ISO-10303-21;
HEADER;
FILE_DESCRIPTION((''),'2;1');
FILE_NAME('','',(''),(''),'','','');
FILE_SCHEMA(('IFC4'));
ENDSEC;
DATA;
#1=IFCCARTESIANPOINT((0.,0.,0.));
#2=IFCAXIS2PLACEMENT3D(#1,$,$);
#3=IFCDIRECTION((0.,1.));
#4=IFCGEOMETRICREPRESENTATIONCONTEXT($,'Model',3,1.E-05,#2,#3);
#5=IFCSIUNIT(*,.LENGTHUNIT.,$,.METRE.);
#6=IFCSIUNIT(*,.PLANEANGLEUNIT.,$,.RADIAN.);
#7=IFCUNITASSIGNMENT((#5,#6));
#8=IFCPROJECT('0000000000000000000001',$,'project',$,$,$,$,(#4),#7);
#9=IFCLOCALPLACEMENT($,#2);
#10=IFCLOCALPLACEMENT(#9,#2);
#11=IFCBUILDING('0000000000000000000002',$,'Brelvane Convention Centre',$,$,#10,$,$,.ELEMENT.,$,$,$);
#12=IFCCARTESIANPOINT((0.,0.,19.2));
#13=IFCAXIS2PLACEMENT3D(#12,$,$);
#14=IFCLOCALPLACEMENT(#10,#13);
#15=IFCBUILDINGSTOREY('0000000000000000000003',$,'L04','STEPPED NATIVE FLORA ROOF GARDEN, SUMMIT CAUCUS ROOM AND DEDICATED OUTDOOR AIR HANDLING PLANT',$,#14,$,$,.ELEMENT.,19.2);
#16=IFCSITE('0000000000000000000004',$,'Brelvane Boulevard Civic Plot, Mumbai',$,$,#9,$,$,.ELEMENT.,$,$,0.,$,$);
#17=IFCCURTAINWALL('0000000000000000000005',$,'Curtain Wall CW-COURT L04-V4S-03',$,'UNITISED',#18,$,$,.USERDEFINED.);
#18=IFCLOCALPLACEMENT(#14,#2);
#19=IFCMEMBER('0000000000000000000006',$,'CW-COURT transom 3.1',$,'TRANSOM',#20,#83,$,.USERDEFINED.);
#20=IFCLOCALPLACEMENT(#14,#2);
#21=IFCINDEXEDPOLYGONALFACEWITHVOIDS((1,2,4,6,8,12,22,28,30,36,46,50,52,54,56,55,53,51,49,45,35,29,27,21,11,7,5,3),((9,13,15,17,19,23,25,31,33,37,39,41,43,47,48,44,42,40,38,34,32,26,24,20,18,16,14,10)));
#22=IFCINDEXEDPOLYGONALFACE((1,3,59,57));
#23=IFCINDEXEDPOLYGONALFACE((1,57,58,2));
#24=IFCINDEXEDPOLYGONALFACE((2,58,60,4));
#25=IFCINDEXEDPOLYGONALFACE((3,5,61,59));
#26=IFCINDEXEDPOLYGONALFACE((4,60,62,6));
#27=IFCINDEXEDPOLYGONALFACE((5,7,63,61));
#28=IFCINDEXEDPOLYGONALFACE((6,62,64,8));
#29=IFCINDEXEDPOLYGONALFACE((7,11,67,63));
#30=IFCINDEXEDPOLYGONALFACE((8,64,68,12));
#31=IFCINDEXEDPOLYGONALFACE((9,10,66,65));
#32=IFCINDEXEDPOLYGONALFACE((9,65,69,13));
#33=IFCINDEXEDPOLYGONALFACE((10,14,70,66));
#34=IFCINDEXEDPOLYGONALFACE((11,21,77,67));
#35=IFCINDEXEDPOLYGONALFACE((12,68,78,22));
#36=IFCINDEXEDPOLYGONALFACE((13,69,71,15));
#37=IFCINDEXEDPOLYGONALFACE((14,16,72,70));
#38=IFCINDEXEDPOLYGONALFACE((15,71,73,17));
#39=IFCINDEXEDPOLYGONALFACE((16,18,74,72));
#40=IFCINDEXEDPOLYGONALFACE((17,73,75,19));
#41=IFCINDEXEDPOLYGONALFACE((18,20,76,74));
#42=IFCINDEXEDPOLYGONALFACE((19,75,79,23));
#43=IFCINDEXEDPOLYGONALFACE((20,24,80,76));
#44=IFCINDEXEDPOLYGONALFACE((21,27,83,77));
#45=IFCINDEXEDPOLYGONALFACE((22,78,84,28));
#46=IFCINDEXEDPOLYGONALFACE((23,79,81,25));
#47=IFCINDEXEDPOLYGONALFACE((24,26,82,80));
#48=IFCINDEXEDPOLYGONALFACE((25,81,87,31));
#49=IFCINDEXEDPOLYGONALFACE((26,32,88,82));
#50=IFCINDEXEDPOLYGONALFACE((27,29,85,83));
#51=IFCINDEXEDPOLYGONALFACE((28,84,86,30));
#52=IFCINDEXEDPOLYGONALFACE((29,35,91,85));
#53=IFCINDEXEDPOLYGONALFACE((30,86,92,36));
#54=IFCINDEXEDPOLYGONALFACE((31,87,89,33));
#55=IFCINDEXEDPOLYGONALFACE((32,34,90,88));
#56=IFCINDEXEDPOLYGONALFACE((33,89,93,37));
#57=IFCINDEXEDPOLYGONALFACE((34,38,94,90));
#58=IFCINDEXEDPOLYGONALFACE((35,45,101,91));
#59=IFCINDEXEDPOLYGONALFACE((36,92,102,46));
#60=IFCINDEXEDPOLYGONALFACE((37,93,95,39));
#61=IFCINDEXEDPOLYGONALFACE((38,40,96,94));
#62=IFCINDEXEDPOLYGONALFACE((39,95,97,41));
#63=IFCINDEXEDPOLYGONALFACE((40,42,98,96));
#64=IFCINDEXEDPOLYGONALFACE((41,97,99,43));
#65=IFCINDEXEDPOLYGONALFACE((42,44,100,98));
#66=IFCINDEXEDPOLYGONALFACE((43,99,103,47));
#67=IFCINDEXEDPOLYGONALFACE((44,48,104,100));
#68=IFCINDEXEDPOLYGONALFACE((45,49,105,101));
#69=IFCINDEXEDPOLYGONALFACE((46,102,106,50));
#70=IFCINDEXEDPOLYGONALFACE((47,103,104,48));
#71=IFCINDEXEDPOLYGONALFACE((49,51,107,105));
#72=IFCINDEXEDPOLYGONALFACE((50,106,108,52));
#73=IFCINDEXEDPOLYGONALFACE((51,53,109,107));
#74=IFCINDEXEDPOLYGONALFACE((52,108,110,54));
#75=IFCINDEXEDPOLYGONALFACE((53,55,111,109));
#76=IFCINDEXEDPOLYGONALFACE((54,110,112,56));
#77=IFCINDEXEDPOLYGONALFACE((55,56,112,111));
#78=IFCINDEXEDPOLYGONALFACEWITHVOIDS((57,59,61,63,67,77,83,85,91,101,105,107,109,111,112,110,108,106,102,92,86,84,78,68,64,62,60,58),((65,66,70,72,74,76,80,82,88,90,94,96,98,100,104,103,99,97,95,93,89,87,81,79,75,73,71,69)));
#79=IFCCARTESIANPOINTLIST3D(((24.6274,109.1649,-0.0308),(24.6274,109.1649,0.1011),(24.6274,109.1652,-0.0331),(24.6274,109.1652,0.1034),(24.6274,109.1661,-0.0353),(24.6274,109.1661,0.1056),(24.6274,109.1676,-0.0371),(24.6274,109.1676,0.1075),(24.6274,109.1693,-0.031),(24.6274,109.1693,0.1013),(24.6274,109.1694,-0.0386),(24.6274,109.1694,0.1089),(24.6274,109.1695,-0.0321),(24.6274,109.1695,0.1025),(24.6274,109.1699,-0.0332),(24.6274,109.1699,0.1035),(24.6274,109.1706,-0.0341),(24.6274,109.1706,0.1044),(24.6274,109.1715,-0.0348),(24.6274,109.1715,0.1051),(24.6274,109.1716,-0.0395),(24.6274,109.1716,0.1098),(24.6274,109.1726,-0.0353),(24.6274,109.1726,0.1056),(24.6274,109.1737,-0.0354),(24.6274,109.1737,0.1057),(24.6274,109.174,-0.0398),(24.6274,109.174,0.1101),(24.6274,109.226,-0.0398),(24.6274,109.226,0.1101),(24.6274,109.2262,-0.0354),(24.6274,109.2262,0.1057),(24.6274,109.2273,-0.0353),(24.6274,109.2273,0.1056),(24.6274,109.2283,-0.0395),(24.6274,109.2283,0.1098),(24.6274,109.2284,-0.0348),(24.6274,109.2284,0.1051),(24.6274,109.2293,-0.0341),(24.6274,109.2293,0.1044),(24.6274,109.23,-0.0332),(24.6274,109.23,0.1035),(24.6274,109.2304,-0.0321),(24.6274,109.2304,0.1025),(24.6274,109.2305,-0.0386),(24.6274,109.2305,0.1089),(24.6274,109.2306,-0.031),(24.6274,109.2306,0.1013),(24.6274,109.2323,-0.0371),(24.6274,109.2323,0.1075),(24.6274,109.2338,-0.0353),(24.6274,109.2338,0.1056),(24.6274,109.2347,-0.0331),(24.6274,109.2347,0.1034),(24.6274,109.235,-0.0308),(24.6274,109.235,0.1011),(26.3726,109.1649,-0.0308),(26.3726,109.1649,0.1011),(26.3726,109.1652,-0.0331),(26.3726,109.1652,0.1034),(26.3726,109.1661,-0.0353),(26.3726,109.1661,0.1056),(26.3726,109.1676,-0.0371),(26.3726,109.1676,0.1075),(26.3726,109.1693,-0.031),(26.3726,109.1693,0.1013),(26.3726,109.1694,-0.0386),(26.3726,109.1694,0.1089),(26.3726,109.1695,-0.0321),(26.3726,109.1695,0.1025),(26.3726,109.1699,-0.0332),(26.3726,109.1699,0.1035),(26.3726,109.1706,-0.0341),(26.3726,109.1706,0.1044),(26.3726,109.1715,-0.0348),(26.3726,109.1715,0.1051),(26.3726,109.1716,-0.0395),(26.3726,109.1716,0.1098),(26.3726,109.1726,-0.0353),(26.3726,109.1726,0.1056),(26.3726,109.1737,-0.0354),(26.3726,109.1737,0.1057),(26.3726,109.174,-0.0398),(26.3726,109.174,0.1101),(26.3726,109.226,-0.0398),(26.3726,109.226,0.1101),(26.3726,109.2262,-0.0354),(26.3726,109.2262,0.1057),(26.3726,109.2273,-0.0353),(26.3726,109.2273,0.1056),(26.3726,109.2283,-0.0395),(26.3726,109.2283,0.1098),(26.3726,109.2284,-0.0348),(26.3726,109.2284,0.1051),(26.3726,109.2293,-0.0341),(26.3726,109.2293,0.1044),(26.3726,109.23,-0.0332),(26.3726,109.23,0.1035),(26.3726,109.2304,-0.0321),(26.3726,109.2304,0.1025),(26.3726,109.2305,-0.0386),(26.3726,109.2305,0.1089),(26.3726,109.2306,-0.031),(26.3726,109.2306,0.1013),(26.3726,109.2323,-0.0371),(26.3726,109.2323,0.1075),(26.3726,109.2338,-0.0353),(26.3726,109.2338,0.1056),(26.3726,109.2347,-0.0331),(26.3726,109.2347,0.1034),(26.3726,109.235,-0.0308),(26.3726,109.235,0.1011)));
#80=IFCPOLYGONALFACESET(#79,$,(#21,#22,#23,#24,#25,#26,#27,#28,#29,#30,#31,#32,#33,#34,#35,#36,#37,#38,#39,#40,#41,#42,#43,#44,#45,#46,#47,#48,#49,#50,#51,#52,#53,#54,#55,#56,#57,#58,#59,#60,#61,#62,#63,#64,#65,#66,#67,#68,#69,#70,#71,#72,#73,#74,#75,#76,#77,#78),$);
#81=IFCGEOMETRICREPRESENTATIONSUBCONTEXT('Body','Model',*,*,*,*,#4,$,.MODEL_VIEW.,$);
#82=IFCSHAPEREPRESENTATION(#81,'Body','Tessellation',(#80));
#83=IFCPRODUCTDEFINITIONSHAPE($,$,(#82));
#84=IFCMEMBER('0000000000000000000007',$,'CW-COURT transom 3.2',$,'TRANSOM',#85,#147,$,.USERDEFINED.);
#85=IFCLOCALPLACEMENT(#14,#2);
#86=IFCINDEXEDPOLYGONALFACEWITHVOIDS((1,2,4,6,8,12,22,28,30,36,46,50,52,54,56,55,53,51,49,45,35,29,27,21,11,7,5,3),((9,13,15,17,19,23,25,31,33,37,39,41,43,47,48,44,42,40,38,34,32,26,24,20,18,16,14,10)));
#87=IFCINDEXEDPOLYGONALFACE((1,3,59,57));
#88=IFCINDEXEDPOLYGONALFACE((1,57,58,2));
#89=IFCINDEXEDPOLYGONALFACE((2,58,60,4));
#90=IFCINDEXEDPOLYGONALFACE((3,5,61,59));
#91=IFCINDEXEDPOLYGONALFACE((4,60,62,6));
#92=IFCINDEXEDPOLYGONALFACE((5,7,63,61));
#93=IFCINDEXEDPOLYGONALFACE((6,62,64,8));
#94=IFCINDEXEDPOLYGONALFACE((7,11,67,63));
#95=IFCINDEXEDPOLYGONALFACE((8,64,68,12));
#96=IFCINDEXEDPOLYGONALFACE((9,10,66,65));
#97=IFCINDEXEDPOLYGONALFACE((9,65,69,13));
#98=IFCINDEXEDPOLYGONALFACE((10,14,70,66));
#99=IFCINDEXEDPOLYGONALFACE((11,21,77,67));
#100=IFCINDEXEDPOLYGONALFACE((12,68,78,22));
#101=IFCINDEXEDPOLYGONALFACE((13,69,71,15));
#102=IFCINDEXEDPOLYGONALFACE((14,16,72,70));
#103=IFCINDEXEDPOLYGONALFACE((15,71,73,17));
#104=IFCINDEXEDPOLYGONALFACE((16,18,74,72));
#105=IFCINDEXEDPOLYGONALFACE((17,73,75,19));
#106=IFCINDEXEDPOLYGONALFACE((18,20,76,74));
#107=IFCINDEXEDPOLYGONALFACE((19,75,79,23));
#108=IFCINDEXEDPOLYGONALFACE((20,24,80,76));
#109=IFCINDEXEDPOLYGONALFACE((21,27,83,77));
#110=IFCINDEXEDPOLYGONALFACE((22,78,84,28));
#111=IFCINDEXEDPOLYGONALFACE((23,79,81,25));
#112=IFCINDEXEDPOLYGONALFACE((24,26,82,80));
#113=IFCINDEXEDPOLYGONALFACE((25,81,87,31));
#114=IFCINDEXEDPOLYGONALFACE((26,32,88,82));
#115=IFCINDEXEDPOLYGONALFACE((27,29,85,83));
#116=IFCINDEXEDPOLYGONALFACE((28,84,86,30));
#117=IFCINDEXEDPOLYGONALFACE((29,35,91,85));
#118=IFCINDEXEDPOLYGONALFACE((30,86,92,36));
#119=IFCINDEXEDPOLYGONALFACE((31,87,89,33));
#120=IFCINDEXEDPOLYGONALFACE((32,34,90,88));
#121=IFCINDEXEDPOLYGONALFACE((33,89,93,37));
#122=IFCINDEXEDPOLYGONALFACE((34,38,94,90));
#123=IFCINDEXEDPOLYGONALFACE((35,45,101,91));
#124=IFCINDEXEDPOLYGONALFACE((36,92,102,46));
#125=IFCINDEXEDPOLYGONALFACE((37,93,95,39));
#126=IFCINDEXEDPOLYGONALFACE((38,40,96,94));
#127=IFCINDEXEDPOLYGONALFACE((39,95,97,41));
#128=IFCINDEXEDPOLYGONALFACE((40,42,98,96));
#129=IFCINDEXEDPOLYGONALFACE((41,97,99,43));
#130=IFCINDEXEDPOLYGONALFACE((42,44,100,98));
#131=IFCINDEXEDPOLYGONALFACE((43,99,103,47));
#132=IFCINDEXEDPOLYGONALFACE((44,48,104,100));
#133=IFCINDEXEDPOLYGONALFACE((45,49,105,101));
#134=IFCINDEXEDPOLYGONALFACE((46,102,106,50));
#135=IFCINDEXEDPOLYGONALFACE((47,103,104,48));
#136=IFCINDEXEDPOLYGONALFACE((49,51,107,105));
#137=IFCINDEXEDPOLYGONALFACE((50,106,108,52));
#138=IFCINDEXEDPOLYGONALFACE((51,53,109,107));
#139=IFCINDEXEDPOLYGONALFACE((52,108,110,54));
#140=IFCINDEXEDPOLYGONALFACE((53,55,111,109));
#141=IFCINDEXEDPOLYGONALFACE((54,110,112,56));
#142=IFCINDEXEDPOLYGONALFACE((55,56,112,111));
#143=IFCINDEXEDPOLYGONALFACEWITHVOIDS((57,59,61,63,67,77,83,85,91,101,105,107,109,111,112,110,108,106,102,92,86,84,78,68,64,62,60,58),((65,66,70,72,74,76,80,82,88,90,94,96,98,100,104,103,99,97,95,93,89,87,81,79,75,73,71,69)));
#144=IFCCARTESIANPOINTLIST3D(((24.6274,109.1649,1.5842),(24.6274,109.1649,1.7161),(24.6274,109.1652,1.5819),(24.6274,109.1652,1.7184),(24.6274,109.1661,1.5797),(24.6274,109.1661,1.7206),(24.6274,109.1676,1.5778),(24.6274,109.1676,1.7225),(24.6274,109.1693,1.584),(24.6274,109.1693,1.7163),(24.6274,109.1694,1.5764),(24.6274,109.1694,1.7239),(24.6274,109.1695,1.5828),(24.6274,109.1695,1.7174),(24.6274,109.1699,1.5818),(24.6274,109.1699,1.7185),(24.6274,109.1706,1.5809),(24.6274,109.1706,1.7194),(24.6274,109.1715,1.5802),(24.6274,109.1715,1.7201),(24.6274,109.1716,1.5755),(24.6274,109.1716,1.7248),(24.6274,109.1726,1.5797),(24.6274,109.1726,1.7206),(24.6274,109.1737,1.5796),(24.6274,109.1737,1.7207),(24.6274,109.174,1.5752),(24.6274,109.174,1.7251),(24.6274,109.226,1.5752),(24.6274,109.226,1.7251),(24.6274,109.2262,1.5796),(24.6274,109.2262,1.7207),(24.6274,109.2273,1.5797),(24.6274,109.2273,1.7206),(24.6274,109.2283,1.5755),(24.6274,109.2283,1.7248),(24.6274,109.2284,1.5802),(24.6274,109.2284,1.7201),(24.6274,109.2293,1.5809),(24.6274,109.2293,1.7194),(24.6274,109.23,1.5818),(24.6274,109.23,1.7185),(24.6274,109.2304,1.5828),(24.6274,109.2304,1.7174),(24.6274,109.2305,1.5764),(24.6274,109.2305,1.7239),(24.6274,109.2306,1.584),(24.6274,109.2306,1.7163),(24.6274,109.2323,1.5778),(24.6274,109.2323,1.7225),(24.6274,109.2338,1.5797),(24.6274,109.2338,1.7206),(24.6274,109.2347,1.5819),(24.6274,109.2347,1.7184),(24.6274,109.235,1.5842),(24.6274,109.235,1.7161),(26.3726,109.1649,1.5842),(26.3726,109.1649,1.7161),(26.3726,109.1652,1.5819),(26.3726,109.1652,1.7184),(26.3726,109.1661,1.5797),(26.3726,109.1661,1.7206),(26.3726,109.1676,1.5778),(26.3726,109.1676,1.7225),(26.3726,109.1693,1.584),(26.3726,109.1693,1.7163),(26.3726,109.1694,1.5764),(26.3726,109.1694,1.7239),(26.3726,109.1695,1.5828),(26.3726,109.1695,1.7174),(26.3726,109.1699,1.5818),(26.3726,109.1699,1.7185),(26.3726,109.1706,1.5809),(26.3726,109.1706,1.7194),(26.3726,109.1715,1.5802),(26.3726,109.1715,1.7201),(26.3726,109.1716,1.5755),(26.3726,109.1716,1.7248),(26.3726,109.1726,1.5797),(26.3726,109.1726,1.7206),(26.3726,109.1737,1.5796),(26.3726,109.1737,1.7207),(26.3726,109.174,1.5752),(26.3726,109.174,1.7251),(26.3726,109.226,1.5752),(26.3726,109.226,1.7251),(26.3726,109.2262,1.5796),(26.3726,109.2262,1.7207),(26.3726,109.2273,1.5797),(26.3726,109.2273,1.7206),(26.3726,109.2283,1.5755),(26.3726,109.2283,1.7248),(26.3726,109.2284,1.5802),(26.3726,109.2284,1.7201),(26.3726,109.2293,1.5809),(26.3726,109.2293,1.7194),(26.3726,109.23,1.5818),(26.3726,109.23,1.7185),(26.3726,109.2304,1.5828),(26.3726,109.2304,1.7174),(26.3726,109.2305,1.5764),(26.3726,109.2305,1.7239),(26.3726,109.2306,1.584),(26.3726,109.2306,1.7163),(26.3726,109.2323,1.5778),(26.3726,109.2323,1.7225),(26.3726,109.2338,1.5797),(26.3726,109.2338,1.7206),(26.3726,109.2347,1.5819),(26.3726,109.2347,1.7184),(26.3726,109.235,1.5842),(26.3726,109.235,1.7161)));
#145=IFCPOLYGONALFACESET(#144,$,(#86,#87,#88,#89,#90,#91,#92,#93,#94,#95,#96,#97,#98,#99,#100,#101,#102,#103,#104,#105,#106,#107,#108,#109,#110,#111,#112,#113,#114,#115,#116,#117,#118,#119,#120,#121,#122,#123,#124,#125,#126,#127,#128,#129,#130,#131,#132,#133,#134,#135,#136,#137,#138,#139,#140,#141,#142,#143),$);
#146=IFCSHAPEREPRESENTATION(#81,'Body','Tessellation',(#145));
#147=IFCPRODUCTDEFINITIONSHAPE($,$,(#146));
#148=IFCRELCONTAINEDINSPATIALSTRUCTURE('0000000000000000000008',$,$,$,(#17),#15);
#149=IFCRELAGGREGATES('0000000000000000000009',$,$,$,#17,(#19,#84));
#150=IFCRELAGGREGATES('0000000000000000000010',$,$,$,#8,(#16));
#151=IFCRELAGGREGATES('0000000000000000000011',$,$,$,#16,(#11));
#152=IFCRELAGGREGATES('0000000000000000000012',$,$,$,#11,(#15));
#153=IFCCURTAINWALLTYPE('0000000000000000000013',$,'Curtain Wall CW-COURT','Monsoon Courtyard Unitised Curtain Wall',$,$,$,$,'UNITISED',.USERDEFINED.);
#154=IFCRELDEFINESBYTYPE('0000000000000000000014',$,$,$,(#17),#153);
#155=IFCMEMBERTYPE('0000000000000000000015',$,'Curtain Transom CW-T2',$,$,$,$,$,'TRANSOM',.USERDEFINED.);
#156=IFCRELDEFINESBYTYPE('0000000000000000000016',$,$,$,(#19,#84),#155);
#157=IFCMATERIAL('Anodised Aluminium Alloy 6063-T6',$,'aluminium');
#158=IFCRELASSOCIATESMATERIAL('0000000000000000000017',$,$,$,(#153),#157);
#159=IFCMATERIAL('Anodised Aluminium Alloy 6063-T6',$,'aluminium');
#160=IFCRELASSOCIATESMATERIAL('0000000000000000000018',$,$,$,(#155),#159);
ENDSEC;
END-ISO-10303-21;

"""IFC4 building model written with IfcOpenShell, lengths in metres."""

from ifc_helpers import new_model, si_unit, direction, frame, origin, origin_2d, place, context, subcontext, project, spatial, hollow_rectangle, extrude, material, material_profile, profile_set, type_object, element, aggregate, save


model = new_model("IFC4")

# Units and contexts
model_context = context("Model", 3, precision=1e-05, world=origin(), true_north=direction((0.0, 1.0)))
body_context = subcontext(model_context, "Body", "Model", "MODEL_VIEW")
ifc_project = project(units=[si_unit("LENGTHUNIT", "METRE"), si_unit("PLANEANGLEUNIT", "RADIAN")], contexts=[model_context])

# Site, building, storey
site_placement = place(None, origin())
site = spatial("IfcSite", under=ifc_project, at=site_placement, Name="Brelvane Boulevard Civic Plot, Mumbai", CompositionType="ELEMENT", RefElevation=0.0)
building_placement = place(site_placement, origin())
building = spatial("IfcBuilding", under=site, at=building_placement, Name="Brelvane Convention Centre", CompositionType="ELEMENT")
storey_placement = place(building_placement, frame((0.0, 0.0, 19.2)))
storey = spatial("IfcBuildingStorey", under=building, at=storey_placement, Name="L04", Description="STEPPED NATIVE FLORA ROOF GARDEN, SUMMIT CAUCUS ROOM AND DEDICATED OUTDOOR AIR HANDLING PLANT", CompositionType="ELEMENT", Elevation=19.2)

# Curtain wall, members
ifc_material_1 = material(Name="Anodised Aluminium Alloy 6063-T6", Category="aluminium")
curtain_wall_type = type_object("IfcCurtainWallType", Name="Curtain Wall CW-COURT", Description="Monsoon Courtyard Unitised Curtain Wall", ElementType="UNITISED", PredefinedType="USERDEFINED", material=ifc_material_1)
curtain_wall_placement = place(storey_placement, origin())
curtain_wall = element("IfcCurtainWall", 1, at=curtain_wall_placement, inside=storey, type_object=curtain_wall_type, Name="Curtain Wall CW-COURT L04-V4S-03", ObjectType="UNITISED", PredefinedType="USERDEFINED")
ifc_material_2 = material(Name="Anodised Aluminium Alloy 6063-T6", Category="aluminium")
ifc_material_profile_1 = material_profile(ifc_material_2, hollow_rectangle(XDim=0.0701, YDim=0.1499, WallThickness=0.0044, InnerFilletRadius=0.0044, OuterFilletRadius=0.009, at=origin_2d()), Name="ALU-T 150x70x4.5")
ifc_profile_set_1 = profile_set([ifc_material_profile_1], Name="Anodised Aluminium Alloy 6063-T6")
member_type_1 = type_object("IfcMemberType", Name="Curtain Transom CW-T2", ElementType="TRANSOM", PredefinedType="USERDEFINED", material=ifc_profile_set_1)
member_1_placement = place(storey_placement, frame((24.6274, 109.2, 0.0352), z_axis=(1.0, 0.0, 0.0), x_axis=(0.0, 1.0, 0.0)))
member_1 = element("IfcMember", 2, at=member_1_placement, type_object=member_type_1, Name="CW-COURT transom 3.1", ObjectType="TRANSOM", PredefinedType="USERDEFINED", context=body_context, shape_type="SweptSolid", body=[
    extrude(hollow_rectangle(XDim=0.0701, YDim=0.1499, WallThickness=0.0044, InnerFilletRadius=0.0044, OuterFilletRadius=0.009, at=origin_2d()), origin(), (0.0, 0.0, 1.0), 1.7451),
])
member_2_placement = place(storey_placement, frame((24.6274, 109.2, 1.6501), z_axis=(1.0, 0.0, 0.0), x_axis=(0.0, 1.0, 0.0)))
member_2 = element("IfcMember", 3, at=member_2_placement, type_object=member_type_1, Name="CW-COURT transom 3.2", ObjectType="TRANSOM", PredefinedType="USERDEFINED", context=body_context, shape_type="SweptSolid", body=[
    extrude(hollow_rectangle(XDim=0.0701, YDim=0.1499, WallThickness=0.0044, InnerFilletRadius=0.0044, OuterFilletRadius=0.009, at=origin_2d()), origin(), (0.0, 0.0, 1.0), 1.7451),
])
aggregate(curtain_wall, [member_1, member_2])

save(model, "model.ifc")
